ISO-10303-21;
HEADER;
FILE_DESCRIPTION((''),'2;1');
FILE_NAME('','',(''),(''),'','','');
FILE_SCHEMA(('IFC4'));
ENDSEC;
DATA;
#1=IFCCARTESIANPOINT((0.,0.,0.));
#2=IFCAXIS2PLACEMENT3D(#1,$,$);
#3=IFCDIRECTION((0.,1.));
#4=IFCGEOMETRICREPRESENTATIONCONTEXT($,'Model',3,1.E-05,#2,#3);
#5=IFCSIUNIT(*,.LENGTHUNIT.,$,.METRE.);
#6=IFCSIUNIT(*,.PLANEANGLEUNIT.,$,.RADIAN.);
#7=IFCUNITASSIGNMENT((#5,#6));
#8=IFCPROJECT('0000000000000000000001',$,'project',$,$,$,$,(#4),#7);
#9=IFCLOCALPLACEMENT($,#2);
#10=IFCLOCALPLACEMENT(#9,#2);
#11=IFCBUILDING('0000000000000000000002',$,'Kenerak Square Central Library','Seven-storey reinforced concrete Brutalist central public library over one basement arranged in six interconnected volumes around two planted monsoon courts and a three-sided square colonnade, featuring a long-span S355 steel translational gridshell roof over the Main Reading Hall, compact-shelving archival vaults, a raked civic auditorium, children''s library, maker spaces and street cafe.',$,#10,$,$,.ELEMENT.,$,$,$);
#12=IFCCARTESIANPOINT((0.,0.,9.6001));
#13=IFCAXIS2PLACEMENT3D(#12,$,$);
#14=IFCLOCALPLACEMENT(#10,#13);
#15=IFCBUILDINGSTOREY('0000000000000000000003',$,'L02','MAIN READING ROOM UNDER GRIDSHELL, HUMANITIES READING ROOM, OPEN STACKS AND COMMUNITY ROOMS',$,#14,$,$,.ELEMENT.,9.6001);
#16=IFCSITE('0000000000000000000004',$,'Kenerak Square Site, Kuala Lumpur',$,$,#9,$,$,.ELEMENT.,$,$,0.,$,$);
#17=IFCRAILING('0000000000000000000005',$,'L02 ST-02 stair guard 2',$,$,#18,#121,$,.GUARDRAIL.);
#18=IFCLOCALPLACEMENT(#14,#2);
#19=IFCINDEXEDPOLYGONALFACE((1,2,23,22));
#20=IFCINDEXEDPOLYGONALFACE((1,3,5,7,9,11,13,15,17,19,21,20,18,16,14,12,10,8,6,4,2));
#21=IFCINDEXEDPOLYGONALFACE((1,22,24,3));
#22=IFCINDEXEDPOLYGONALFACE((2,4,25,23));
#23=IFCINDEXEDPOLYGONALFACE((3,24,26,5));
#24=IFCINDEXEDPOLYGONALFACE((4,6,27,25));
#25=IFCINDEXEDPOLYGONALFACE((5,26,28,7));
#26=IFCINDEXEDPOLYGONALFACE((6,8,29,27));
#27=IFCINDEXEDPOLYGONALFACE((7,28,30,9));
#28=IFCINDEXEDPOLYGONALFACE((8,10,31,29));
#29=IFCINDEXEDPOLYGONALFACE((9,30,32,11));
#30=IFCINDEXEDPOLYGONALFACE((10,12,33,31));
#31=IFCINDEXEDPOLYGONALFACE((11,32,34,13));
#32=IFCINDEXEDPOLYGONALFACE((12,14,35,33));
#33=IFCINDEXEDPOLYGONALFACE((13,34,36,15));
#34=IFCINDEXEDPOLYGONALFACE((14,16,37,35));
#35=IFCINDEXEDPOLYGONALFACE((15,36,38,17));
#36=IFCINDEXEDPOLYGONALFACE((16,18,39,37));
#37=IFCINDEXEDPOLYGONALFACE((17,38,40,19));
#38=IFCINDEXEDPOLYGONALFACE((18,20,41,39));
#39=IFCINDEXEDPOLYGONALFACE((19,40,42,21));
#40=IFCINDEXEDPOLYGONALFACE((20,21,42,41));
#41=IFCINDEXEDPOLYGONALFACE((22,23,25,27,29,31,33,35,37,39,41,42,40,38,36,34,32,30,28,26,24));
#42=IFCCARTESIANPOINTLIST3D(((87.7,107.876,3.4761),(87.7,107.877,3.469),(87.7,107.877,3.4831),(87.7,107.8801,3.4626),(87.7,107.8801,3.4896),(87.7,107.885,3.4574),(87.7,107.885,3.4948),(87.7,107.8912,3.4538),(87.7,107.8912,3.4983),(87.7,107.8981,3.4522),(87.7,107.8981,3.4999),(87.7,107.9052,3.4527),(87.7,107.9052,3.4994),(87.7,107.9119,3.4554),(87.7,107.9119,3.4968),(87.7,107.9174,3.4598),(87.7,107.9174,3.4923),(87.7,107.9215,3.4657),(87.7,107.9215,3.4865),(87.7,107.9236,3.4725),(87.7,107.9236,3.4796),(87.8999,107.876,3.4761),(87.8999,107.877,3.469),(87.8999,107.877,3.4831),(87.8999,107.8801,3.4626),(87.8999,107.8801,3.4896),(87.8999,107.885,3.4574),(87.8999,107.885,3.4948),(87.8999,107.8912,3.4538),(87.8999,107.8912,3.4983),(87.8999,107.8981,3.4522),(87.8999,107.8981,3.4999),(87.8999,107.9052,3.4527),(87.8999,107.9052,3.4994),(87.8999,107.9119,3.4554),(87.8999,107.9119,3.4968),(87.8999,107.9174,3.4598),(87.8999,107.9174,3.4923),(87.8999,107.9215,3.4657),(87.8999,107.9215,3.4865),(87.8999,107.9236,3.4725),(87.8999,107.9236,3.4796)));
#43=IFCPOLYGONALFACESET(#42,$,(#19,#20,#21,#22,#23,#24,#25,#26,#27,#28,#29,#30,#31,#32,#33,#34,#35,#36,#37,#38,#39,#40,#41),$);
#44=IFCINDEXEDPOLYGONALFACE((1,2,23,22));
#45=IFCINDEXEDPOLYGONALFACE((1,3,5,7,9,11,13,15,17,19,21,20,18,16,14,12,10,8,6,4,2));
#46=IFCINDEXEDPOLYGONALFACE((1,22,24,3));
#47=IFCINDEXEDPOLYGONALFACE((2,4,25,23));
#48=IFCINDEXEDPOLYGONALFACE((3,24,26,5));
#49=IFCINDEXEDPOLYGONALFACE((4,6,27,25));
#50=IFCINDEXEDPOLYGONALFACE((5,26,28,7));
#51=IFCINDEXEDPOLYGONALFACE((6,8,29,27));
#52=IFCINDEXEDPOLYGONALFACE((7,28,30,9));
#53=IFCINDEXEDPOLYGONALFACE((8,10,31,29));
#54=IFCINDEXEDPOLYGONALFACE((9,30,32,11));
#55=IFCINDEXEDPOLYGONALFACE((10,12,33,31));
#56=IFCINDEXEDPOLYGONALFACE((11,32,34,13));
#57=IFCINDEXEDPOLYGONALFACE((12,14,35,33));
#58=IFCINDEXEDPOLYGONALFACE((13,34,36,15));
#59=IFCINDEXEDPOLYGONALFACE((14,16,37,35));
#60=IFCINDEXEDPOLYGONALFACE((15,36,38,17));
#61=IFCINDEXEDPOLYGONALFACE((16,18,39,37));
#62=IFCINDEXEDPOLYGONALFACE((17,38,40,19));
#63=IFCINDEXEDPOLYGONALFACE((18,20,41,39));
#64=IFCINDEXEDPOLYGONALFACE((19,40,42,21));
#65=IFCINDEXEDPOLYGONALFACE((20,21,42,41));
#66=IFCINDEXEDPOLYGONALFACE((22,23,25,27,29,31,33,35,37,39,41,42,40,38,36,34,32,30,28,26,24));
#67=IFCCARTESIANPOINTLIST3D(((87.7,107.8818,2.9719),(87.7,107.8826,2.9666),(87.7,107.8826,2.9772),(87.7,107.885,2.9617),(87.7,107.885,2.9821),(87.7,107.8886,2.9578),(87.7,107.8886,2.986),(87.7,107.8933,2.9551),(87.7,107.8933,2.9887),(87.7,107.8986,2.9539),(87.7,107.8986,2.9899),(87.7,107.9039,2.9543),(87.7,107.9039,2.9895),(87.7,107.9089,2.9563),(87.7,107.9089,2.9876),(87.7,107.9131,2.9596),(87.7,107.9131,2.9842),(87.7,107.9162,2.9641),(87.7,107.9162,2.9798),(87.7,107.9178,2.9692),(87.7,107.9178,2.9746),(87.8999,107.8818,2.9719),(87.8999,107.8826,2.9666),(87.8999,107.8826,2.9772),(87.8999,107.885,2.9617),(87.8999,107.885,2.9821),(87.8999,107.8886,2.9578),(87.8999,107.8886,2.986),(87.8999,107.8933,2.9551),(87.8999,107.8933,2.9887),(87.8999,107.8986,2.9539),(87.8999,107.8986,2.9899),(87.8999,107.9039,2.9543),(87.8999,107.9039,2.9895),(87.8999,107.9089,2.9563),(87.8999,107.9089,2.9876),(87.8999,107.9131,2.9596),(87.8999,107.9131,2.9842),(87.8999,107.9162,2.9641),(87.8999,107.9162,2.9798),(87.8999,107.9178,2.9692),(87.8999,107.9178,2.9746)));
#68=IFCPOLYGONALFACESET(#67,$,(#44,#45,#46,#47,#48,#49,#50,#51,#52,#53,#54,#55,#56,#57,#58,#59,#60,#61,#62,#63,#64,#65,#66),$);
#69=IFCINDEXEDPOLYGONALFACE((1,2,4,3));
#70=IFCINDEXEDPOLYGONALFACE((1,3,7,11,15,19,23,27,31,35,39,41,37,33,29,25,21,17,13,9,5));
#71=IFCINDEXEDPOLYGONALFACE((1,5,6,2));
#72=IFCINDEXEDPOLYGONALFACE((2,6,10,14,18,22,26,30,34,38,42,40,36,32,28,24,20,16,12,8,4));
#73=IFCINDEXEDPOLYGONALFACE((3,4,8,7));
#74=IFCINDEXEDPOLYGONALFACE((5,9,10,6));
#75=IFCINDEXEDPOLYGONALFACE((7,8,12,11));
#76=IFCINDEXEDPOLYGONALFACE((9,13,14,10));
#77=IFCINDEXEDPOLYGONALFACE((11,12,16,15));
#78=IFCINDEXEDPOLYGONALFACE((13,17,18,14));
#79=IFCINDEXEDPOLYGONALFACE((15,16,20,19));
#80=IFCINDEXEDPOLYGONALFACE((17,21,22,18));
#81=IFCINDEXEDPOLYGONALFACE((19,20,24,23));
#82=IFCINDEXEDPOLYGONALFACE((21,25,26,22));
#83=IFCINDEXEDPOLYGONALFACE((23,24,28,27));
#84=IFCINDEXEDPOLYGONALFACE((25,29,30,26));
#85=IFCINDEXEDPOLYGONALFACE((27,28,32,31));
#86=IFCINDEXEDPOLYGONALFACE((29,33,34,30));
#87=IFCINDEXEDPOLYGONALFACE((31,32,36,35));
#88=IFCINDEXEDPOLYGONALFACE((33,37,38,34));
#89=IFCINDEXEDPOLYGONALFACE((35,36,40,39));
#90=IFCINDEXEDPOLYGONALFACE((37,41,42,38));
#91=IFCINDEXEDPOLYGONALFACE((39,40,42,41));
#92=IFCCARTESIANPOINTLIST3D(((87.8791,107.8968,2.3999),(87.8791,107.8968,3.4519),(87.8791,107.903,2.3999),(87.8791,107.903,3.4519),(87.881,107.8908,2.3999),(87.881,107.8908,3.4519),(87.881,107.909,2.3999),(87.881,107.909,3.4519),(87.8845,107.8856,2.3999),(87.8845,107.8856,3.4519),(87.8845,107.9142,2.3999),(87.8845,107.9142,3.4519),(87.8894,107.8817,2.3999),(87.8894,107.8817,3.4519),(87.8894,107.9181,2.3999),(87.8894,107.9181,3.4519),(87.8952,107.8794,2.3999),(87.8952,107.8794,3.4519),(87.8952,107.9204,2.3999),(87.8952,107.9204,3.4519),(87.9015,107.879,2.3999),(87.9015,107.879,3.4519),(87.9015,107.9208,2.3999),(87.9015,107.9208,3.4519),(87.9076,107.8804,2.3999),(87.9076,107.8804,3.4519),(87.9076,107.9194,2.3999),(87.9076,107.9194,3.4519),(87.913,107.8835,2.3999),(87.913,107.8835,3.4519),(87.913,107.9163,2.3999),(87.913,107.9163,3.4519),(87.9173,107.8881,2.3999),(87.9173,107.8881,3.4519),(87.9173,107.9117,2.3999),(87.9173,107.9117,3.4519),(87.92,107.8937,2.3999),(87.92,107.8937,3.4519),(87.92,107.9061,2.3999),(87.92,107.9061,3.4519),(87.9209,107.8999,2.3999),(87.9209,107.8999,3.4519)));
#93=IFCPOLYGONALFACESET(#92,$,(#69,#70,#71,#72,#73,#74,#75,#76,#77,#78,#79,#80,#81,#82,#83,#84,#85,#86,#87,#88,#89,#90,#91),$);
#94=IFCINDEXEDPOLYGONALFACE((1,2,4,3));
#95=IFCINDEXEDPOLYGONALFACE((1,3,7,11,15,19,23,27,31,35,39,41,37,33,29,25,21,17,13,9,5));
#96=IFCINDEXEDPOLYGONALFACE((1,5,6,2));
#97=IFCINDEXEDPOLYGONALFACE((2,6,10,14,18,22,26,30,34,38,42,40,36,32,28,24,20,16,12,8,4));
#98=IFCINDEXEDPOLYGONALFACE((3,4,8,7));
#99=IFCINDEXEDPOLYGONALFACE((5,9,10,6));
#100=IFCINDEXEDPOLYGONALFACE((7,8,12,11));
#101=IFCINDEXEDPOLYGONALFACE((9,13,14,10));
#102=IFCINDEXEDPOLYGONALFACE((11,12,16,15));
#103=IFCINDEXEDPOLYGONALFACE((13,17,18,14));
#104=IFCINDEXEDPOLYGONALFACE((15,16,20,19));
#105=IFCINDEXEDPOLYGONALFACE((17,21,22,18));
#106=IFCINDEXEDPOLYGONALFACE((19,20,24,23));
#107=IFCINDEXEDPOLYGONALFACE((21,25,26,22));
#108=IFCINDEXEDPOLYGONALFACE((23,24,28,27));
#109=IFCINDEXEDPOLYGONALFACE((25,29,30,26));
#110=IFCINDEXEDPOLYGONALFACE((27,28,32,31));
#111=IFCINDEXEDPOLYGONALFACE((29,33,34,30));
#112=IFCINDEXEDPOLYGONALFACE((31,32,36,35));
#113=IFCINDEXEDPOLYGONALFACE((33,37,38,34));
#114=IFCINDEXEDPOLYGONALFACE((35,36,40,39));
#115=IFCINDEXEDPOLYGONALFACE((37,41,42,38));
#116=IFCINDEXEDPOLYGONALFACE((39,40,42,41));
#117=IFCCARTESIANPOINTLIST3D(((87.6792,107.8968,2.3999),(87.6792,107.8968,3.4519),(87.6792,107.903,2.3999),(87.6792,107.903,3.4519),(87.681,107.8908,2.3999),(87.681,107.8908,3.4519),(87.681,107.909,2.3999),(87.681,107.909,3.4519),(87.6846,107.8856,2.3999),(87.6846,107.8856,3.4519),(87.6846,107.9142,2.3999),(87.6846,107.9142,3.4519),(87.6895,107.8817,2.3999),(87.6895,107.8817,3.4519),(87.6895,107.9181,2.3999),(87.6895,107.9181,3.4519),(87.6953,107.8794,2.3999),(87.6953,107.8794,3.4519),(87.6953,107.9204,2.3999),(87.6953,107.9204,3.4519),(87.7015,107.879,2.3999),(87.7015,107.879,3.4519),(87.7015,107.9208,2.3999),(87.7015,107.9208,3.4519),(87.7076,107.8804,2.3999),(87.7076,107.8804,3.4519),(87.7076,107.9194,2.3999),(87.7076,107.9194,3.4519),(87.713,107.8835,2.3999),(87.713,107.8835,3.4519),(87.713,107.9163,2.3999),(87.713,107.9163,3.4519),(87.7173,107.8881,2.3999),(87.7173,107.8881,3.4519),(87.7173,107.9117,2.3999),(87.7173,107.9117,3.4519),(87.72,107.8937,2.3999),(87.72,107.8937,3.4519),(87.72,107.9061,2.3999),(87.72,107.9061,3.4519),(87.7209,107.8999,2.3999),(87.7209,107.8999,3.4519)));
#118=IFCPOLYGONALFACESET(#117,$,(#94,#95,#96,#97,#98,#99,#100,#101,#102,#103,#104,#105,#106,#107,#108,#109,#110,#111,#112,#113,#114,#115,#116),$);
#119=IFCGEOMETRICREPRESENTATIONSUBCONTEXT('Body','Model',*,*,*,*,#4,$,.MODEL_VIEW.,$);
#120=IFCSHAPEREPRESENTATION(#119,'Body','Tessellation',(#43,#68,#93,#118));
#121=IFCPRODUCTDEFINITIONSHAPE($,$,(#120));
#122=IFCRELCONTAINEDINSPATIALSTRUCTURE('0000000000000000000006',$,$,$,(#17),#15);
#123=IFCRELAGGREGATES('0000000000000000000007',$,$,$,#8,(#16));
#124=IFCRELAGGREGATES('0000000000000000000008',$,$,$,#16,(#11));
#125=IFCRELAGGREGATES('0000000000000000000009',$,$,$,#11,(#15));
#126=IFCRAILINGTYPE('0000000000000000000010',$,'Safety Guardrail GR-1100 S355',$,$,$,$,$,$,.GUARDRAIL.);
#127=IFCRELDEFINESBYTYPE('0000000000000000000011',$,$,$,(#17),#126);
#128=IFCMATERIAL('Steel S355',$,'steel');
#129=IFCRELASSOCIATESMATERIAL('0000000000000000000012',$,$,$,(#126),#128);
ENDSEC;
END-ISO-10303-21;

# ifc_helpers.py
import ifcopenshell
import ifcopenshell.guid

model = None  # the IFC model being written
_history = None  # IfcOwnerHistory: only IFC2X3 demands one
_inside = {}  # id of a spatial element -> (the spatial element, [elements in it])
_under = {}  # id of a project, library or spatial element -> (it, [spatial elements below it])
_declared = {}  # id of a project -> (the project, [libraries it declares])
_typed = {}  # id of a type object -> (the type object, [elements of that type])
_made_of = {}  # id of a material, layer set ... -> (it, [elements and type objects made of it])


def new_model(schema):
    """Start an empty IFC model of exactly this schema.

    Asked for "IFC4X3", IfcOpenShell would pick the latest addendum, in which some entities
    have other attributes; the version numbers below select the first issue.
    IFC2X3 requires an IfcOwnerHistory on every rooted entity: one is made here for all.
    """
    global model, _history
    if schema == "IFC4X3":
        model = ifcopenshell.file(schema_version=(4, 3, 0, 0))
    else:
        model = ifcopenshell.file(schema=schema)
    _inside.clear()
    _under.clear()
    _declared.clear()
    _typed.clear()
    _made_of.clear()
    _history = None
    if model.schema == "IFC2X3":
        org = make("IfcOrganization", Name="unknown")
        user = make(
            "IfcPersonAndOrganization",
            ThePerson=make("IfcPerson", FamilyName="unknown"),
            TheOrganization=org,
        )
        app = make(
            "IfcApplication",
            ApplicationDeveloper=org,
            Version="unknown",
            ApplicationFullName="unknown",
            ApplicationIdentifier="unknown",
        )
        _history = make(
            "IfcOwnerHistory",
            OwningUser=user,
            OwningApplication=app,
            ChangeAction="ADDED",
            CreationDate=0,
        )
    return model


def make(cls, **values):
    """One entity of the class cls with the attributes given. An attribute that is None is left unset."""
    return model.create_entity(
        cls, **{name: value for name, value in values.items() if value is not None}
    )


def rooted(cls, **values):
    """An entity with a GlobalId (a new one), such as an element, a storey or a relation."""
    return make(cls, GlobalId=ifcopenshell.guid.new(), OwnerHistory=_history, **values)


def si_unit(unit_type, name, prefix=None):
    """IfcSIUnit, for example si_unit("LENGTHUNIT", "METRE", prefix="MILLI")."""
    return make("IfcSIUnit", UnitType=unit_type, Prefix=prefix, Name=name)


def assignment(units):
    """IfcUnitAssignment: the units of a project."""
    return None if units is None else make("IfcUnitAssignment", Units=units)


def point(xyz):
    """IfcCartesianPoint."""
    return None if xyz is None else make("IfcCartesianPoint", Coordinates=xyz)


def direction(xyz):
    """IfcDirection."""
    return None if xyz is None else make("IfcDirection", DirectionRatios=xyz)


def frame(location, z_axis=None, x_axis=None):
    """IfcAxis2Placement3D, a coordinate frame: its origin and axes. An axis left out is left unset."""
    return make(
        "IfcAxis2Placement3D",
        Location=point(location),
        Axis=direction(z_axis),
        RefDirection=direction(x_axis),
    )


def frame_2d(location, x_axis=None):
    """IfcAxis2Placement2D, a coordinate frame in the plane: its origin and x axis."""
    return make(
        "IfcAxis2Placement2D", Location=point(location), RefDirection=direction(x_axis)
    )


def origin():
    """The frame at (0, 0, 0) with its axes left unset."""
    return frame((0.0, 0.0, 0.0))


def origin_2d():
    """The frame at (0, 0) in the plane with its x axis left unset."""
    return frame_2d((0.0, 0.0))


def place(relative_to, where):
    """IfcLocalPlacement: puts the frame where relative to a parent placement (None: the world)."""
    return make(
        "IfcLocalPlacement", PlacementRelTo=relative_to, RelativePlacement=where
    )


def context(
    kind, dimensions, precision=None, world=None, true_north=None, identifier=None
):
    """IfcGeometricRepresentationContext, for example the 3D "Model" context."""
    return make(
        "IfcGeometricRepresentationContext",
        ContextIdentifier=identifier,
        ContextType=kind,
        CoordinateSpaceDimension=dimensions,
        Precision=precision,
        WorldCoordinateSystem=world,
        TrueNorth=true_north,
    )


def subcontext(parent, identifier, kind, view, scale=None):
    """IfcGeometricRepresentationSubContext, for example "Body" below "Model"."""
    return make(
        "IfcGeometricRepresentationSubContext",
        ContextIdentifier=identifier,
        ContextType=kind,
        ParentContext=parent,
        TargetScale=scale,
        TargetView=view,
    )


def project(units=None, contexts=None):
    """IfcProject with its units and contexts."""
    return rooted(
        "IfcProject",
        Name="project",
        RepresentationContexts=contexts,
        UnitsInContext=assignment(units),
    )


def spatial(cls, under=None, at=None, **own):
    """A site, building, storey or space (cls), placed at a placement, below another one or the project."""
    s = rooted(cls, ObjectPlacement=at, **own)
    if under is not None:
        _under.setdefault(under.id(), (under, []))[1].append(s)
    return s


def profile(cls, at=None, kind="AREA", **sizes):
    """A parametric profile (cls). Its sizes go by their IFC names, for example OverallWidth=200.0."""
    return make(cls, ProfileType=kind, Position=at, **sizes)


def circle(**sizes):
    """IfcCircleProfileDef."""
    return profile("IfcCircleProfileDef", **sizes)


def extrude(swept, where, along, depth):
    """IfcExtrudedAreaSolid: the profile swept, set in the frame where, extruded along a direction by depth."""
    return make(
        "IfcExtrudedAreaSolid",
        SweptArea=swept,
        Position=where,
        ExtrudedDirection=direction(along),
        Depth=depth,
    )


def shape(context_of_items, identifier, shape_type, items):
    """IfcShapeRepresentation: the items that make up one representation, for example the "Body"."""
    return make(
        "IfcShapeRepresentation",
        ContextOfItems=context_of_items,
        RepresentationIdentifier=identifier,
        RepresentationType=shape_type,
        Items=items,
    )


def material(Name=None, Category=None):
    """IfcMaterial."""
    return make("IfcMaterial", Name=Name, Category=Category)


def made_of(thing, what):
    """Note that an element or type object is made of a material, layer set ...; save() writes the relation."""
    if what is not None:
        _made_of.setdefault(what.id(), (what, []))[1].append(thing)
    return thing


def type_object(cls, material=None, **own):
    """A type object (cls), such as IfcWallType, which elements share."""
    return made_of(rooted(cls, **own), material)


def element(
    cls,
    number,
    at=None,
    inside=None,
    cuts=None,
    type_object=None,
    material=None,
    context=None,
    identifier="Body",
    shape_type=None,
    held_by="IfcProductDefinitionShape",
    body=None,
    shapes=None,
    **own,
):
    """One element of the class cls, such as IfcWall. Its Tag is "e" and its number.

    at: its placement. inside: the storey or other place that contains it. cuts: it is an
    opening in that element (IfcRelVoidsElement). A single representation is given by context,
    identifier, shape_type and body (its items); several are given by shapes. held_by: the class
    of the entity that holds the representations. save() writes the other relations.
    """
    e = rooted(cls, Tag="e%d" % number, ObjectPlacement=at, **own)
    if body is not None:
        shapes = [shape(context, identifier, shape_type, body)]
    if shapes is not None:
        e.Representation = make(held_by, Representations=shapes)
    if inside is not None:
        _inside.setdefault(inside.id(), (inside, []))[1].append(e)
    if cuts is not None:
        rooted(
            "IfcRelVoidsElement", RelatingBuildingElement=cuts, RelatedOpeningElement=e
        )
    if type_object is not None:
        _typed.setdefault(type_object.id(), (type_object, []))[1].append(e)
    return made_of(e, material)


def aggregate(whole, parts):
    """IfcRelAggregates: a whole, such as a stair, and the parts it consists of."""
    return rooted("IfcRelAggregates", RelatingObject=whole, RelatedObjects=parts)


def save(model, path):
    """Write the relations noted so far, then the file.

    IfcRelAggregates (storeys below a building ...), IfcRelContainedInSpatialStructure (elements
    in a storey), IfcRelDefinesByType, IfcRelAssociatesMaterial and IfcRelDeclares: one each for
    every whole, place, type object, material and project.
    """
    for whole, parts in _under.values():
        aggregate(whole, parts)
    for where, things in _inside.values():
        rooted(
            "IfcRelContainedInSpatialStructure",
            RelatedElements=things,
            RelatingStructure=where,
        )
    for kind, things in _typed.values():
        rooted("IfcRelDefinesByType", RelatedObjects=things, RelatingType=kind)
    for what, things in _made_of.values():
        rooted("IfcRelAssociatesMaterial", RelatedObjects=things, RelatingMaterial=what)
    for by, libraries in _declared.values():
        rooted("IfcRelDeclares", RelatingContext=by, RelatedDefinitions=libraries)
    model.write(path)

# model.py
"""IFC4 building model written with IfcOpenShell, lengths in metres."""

from ifc_helpers import new_model, si_unit, direction, frame, origin, origin_2d, place, context, subcontext, project, spatial, circle, extrude, material, type_object, element, save


model = new_model("IFC4")

# Units and contexts
model_context = context("Model", 3, precision=1e-05, world=origin(), true_north=direction((0.0, 1.0)))
body_context = subcontext(model_context, "Body", "Model", "MODEL_VIEW")
ifc_project = project(units=[si_unit("LENGTHUNIT", "METRE"), si_unit("PLANEANGLEUNIT", "RADIAN")], contexts=[model_context])

# Site, building, storey
site_placement = place(None, origin())
site = spatial("IfcSite", under=ifc_project, at=site_placement, Name="Kenerak Square Site, Kuala Lumpur", CompositionType="ELEMENT", RefElevation=0.0)
building_placement = place(site_placement, origin())
building = spatial("IfcBuilding", under=site, at=building_placement, Name="Kenerak Square Central Library", Description="Seven-storey reinforced concrete Brutalist central public library over one basement arranged in six interconnected volumes around two planted monsoon courts and a three-sided square colonnade, featuring a long-span S355 steel translational gridshell roof over the Main Reading Hall, compact-shelving archival vaults, a raked civic auditorium, children's library, maker spaces and street cafe.", CompositionType="ELEMENT")
storey_placement = place(building_placement, frame((0.0, 0.0, 9.6001)))
storey = spatial("IfcBuildingStorey", under=building, at=storey_placement, Name="L02", Description="MAIN READING ROOM UNDER GRIDSHELL, HUMANITIES READING ROOM, OPEN STACKS AND COMMUNITY ROOMS", CompositionType="ELEMENT", Elevation=9.6001)

# Shared definitions
ifc_material_1 = material(Name="Steel S355", Category="steel")

# Railing
railing_type_1 = type_object("IfcRailingType", Name="Safety Guardrail GR-1100 S355", PredefinedType="GUARDRAIL", material=ifc_material_1)
railing_1_placement = place(storey_placement, frame((87.8999, 107.8999, 2.3999)))
element("IfcRailing", 1, at=railing_1_placement, inside=storey, type_object=railing_type_1, Name="L02 ST-02 stair guard 2", PredefinedType="GUARDRAIL", context=body_context, shape_type="SweptSolid", body=[
    extrude(circle(Radius=0.0239, at=origin_2d()), frame((0.0, 0.0, 1.0762), z_axis=(-1.0, 0.0, 0.0), x_axis=(0.0, -1.0, 0.0)), (0.0, 0.0, 1.0), 0.2),
    extrude(circle(Radius=0.0181, at=origin_2d()), frame((0.0, 0.0, 0.572), z_axis=(-1.0, 0.0, 0.0), x_axis=(0.0, -1.0, 0.0)), (0.0, 0.0, 1.0), 0.2),
    extrude(circle(Radius=0.021, at=origin_2d()), origin(), (0.0, 0.0, 1.0), 1.052),
    extrude(circle(Radius=0.021, at=origin_2d()), frame((-0.2, 0.0, 0.0)), (0.0, 0.0, 1.0), 1.052),
])

save(model, "model.ifc")
